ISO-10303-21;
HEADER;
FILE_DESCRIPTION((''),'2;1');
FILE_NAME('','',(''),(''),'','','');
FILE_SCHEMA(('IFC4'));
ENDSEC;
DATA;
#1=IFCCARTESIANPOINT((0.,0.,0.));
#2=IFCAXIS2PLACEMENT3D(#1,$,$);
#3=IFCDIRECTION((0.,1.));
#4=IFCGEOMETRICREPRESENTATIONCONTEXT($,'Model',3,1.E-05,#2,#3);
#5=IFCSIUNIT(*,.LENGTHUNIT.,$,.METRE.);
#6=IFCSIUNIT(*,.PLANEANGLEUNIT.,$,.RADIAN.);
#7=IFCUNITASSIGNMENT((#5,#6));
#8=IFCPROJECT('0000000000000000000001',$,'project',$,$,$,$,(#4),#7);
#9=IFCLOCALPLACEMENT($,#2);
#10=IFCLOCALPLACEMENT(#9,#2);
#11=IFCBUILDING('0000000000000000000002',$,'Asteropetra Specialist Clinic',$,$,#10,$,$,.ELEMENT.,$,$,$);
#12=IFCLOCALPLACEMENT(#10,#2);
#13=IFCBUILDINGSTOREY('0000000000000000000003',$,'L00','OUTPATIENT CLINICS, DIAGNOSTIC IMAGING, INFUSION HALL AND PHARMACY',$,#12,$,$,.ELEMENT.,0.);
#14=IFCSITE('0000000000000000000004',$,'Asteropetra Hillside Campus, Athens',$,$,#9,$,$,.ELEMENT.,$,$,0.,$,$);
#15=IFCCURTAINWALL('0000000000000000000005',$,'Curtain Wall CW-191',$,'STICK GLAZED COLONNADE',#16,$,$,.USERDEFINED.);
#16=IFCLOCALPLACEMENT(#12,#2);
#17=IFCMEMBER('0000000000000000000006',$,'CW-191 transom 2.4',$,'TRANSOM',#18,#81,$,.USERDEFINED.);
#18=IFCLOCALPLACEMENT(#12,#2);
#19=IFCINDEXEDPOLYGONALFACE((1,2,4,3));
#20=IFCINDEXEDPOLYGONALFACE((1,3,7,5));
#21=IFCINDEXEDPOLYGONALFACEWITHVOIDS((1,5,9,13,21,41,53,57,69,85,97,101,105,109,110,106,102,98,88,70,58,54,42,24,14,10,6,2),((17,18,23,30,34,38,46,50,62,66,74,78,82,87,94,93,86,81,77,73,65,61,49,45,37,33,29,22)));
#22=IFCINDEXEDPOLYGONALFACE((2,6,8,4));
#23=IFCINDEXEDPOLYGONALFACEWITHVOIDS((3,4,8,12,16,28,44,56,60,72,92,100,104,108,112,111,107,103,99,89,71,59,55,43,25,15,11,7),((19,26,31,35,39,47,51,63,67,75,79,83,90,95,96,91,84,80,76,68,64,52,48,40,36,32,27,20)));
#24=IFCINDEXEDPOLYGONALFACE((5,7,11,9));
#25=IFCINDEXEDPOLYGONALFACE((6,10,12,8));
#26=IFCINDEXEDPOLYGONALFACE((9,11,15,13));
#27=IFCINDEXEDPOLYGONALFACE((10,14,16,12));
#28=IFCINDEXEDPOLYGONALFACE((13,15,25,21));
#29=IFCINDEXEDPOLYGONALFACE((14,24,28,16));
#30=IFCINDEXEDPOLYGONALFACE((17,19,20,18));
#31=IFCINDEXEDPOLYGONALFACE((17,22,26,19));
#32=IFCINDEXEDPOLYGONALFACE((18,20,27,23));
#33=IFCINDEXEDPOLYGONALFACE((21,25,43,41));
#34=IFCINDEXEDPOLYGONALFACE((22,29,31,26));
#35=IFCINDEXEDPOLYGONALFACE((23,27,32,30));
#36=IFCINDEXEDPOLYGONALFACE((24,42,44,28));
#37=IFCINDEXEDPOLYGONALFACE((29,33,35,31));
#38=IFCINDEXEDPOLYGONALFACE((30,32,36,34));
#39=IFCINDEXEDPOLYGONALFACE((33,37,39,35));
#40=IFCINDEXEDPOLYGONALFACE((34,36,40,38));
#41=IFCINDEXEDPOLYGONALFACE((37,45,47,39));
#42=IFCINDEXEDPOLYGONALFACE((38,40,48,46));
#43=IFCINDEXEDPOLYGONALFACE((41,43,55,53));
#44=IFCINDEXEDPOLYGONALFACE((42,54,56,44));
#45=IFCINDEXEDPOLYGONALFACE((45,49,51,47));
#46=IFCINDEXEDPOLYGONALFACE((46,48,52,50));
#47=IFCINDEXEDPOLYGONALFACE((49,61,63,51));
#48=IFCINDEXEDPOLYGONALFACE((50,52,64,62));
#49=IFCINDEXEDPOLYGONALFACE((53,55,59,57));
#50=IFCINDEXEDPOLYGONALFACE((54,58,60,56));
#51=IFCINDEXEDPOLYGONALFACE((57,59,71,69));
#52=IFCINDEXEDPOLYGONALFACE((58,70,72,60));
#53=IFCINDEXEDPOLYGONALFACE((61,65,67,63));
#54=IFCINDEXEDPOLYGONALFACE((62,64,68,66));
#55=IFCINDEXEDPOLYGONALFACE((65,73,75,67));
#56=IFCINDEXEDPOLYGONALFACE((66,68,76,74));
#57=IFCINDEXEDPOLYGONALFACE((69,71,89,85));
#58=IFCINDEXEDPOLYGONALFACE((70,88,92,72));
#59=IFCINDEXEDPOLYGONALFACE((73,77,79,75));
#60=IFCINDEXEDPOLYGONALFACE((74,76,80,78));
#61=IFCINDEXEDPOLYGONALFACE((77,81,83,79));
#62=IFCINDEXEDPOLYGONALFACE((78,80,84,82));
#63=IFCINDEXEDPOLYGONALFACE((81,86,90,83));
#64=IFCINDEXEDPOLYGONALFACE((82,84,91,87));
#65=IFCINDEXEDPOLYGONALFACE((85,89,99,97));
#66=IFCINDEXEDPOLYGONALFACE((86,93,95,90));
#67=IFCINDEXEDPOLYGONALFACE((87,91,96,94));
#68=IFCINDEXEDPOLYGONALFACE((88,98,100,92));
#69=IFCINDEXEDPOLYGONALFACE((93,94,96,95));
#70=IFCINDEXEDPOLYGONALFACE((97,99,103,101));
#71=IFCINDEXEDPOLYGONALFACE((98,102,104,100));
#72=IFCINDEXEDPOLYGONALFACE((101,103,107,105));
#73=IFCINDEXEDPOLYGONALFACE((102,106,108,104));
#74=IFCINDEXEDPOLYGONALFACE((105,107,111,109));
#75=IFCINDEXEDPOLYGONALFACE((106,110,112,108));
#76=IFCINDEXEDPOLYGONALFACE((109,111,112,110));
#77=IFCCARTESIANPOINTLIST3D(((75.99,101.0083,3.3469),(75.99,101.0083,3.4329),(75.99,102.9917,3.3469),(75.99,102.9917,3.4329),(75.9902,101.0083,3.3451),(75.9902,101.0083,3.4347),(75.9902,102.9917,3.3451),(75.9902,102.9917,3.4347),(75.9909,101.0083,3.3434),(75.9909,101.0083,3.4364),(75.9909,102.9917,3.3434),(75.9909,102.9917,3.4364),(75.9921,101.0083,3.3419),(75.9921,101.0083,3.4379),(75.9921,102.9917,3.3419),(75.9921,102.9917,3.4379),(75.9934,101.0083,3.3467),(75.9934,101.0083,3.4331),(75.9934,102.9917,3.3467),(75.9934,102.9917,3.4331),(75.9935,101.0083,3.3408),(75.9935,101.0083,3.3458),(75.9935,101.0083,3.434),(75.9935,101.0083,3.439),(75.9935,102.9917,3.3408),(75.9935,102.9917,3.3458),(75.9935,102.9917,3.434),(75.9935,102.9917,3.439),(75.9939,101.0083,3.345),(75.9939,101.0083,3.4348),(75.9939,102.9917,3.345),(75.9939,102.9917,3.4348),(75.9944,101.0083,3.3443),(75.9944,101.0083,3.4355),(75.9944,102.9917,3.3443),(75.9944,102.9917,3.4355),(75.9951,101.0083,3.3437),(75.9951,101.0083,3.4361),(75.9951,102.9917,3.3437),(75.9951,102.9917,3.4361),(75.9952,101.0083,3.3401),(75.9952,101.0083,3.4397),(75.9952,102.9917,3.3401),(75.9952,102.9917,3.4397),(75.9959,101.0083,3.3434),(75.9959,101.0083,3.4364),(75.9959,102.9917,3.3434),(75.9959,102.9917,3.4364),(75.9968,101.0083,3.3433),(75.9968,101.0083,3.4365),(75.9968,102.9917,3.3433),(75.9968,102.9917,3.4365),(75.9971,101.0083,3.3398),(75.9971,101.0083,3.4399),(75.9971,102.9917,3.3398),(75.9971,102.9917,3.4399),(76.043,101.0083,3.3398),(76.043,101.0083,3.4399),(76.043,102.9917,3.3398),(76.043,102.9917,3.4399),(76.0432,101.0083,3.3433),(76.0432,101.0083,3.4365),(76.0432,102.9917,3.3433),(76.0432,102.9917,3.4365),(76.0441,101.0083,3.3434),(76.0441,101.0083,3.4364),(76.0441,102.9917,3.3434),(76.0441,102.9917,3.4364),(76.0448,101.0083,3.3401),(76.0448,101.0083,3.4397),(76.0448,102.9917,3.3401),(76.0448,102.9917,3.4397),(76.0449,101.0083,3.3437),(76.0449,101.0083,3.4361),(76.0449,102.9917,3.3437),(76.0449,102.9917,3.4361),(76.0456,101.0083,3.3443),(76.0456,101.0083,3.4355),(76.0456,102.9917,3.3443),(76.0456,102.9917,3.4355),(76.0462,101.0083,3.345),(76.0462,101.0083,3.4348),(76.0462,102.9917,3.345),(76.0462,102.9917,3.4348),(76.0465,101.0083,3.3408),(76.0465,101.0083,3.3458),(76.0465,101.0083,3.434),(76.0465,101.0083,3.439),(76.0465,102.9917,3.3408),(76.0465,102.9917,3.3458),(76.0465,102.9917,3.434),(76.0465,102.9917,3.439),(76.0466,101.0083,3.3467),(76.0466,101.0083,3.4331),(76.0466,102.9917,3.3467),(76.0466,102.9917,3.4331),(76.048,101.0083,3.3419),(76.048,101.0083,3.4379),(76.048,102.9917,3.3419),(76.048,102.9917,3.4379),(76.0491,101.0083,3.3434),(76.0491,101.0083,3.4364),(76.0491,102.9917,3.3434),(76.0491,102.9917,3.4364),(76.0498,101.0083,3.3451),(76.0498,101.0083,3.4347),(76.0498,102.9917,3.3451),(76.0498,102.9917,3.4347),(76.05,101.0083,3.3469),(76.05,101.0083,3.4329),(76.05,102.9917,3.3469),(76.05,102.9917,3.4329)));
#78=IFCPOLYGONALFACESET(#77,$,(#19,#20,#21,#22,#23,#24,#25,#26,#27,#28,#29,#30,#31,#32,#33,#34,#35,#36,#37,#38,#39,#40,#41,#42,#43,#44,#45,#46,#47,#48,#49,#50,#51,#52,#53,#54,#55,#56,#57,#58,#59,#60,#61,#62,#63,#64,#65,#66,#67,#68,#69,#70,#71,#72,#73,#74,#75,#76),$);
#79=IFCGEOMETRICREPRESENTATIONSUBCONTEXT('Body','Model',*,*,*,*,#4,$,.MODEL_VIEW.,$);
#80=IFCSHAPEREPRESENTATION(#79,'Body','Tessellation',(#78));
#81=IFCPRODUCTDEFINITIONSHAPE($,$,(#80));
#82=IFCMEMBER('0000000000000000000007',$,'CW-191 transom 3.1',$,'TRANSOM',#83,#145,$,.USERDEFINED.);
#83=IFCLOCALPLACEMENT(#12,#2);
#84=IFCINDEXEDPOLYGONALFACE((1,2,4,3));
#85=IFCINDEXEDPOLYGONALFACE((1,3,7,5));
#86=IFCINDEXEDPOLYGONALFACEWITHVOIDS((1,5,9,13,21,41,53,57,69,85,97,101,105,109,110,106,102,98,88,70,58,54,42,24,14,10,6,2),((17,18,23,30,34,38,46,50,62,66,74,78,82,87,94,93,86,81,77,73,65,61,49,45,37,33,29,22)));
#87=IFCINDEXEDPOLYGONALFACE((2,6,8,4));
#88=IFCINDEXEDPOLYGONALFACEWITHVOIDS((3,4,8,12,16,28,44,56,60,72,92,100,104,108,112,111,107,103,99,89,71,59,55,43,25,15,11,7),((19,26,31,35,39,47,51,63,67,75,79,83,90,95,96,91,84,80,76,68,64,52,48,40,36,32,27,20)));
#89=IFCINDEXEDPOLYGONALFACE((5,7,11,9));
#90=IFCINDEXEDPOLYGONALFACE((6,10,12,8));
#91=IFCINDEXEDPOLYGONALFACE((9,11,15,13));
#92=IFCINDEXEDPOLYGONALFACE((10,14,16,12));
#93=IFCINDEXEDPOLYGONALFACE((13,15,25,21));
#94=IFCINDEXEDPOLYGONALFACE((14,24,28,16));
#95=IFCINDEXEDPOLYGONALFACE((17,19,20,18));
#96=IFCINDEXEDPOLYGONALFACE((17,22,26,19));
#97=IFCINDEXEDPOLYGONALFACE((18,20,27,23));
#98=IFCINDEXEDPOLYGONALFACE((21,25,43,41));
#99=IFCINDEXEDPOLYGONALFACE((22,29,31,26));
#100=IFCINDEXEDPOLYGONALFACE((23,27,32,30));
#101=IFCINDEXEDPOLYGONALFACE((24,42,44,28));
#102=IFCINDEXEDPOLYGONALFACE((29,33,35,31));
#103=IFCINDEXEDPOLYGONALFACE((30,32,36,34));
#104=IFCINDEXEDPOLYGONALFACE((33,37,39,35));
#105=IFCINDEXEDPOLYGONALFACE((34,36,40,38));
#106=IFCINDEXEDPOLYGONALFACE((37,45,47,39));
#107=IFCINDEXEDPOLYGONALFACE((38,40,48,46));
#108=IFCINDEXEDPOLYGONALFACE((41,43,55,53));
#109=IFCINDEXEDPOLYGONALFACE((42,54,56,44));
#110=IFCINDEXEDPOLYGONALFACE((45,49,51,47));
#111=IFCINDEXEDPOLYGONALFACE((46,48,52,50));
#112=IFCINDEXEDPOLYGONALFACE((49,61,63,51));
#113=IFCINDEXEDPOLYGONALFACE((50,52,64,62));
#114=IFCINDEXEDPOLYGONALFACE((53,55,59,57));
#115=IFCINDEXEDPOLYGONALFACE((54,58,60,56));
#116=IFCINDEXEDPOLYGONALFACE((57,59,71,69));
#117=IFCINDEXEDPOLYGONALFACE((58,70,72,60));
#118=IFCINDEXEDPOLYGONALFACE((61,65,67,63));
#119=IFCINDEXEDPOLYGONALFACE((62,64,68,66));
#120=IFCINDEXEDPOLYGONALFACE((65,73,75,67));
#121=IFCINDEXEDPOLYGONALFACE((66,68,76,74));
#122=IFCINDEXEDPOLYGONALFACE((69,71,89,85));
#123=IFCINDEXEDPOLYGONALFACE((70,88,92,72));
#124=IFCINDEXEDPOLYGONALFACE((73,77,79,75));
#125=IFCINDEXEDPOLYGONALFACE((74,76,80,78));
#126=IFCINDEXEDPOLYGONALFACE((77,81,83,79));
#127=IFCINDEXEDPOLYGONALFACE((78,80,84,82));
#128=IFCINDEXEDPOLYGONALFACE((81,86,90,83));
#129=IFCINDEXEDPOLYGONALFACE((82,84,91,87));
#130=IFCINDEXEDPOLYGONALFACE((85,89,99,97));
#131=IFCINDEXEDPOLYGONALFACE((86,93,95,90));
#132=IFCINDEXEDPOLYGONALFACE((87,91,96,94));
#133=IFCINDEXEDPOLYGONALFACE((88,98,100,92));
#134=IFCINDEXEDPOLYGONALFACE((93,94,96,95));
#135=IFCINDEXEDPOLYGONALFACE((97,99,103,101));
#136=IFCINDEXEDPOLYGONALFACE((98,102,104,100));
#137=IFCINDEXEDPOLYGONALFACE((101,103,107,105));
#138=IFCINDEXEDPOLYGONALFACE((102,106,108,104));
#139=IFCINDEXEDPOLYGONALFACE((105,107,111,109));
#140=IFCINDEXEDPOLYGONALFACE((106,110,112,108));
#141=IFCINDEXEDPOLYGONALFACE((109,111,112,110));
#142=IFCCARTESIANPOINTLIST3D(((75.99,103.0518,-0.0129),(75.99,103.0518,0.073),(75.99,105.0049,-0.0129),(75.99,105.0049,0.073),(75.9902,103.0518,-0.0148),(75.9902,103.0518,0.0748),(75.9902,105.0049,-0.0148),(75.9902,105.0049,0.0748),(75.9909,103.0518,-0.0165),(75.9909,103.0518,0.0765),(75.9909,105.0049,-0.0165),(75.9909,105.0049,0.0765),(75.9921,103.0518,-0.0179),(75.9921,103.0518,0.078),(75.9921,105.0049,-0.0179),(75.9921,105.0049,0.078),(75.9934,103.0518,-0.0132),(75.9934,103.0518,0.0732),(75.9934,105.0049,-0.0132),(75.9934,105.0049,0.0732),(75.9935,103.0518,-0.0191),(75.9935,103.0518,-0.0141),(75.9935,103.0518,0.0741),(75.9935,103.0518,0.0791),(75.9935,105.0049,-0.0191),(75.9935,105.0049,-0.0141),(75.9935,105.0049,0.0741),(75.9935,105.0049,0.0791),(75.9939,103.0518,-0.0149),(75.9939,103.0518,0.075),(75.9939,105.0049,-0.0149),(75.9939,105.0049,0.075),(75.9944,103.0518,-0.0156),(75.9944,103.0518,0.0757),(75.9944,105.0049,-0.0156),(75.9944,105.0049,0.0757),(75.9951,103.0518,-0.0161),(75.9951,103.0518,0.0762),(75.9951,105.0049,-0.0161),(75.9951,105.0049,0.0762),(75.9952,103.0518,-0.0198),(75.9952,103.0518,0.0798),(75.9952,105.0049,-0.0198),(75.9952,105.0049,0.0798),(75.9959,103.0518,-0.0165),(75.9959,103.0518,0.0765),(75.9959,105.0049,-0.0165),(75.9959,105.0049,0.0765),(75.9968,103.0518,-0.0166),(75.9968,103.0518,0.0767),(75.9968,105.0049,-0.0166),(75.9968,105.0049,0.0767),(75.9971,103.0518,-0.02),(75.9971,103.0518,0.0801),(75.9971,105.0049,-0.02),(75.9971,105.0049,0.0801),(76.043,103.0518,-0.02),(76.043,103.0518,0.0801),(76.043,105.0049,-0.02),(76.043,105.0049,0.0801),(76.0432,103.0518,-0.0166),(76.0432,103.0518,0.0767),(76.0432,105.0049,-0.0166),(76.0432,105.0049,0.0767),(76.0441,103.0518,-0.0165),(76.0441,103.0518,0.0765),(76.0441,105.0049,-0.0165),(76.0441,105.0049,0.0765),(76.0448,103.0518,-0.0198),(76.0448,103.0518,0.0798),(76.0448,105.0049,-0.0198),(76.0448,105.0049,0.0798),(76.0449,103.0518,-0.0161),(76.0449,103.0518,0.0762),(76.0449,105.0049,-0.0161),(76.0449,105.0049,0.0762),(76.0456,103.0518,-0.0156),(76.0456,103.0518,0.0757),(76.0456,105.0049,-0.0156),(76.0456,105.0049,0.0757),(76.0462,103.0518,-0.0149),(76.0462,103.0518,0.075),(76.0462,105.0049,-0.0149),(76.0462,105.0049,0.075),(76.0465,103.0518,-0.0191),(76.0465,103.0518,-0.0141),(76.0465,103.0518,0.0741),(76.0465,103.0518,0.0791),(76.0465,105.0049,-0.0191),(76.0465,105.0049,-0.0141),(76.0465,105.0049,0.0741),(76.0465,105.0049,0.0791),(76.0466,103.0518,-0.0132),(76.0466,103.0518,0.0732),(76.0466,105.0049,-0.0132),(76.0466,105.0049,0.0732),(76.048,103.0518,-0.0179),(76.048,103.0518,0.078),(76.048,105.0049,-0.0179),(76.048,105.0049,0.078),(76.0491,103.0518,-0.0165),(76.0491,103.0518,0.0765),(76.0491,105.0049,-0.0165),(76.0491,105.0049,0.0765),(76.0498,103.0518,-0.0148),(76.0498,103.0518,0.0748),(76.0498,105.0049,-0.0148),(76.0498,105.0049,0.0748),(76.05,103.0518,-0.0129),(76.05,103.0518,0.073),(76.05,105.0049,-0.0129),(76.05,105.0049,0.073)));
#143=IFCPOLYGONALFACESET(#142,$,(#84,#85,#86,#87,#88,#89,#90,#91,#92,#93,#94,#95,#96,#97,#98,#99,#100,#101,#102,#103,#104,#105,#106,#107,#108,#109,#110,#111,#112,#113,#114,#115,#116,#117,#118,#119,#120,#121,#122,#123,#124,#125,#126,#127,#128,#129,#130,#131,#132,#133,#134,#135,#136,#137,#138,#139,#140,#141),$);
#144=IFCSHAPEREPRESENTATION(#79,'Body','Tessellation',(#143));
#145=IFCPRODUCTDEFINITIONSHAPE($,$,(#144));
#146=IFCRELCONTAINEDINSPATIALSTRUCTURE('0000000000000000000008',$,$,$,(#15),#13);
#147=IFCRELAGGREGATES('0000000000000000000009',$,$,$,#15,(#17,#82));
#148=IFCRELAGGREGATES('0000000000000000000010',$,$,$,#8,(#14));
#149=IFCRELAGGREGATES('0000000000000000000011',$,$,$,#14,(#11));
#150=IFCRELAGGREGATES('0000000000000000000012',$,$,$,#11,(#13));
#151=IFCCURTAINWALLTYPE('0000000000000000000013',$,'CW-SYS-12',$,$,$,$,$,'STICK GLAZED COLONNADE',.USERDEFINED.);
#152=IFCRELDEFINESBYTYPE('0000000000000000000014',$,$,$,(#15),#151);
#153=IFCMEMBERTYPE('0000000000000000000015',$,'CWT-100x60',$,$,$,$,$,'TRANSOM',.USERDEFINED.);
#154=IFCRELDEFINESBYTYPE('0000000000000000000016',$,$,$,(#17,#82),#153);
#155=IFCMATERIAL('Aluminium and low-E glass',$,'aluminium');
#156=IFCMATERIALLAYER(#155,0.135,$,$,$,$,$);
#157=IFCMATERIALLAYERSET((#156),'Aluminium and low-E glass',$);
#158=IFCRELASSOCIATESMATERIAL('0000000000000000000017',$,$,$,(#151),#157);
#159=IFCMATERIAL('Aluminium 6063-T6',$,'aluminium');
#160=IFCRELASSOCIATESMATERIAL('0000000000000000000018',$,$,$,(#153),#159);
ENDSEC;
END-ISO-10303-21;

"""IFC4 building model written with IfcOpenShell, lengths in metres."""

from ifc_helpers import new_model, si_unit, direction, frame, origin, origin_2d, place, context, subcontext, project, spatial, hollow_rectangle, extrude, material, layer, layer_set, material_profile, profile_set, type_object, element, aggregate, save


model = new_model("IFC4")

# Units and contexts
model_context = context("Model", 3, precision=1e-05, world=origin(), true_north=direction((0.0, 1.0)))
body_context = subcontext(model_context, "Body", "Model", "MODEL_VIEW")
ifc_project = project(units=[si_unit("LENGTHUNIT", "METRE"), si_unit("PLANEANGLEUNIT", "RADIAN")], contexts=[model_context])

# Site, building, storey
site_placement = place(None, origin())
site = spatial("IfcSite", under=ifc_project, at=site_placement, Name="Asteropetra Hillside Campus, Athens", CompositionType="ELEMENT", RefElevation=0.0)
building_placement = place(site_placement, origin())
building = spatial("IfcBuilding", under=site, at=building_placement, Name="Asteropetra Specialist Clinic", CompositionType="ELEMENT")
storey_placement = place(building_placement, origin())
storey = spatial("IfcBuildingStorey", under=building, at=storey_placement, Name="L00", Description="OUTPATIENT CLINICS, DIAGNOSTIC IMAGING, INFUSION HALL AND PHARMACY", CompositionType="ELEMENT", Elevation=0.0)

# Curtain wall, members
ifc_material_1 = material(Name="Aluminium and low-E glass", Category="aluminium")
ifc_layer_1 = layer(ifc_material_1, 0.135)
ifc_layer_set_1 = layer_set([ifc_layer_1], Name="Aluminium and low-E glass")
curtain_wall_type = type_object("IfcCurtainWallType", Name="CW-SYS-12", ElementType="STICK GLAZED COLONNADE", PredefinedType="USERDEFINED", material=ifc_layer_set_1)
curtain_wall_placement = place(storey_placement, origin())
curtain_wall = element("IfcCurtainWall", 1, at=curtain_wall_placement, inside=storey, type_object=curtain_wall_type, Name="Curtain Wall CW-191", ObjectType="STICK GLAZED COLONNADE", PredefinedType="USERDEFINED")
ifc_material_2 = material(Name="Aluminium 6063-T6", Category="aluminium")
ifc_material_profile_1 = material_profile(ifc_material_2, hollow_rectangle(XDim=0.0601, YDim=0.1001, WallThickness=0.0034, InnerFilletRadius=0.0034, OuterFilletRadius=0.0071, at=origin_2d()), Name="TRN 100x60x3.5")
ifc_profile_set_1 = profile_set([ifc_material_profile_1], Name="Aluminium 6063-T6")
member_type_1 = type_object("IfcMemberType", Name="CWT-100x60", ElementType="TRANSOM", PredefinedType="USERDEFINED", material=ifc_profile_set_1)
member_1_placement = place(storey_placement, frame((76.02, 101.0083, 3.3899), z_axis=(0.0, 1.0, 0.0), x_axis=(-1.0, 0.0, 0.0)))
member_1 = element("IfcMember", 2, at=member_1_placement, type_object=member_type_1, Name="CW-191 transom 2.4", ObjectType="TRANSOM", PredefinedType="USERDEFINED", context=body_context, shape_type="SweptSolid", body=[
    extrude(hollow_rectangle(XDim=0.0601, YDim=0.1001, WallThickness=0.0034, InnerFilletRadius=0.0034, OuterFilletRadius=0.0071, at=origin_2d()), origin(), (0.0, 0.0, 1.0), 1.9834),
])
member_2_placement = place(storey_placement, frame((76.02, 103.0518, 0.03), z_axis=(0.0, 1.0, 0.0), x_axis=(-1.0, 0.0, 0.0)))
member_2 = element("IfcMember", 3, at=member_2_placement, type_object=member_type_1, Name="CW-191 transom 3.1", ObjectType="TRANSOM", PredefinedType="USERDEFINED", context=body_context, shape_type="SweptSolid", body=[
    extrude(hollow_rectangle(XDim=0.0601, YDim=0.1001, WallThickness=0.0034, InnerFilletRadius=0.0034, OuterFilletRadius=0.0071, at=origin_2d()), origin(), (0.0, 0.0, 1.0), 1.9531),
])
aggregate(curtain_wall, [member_1, member_2])

save(model, "model.ifc")
